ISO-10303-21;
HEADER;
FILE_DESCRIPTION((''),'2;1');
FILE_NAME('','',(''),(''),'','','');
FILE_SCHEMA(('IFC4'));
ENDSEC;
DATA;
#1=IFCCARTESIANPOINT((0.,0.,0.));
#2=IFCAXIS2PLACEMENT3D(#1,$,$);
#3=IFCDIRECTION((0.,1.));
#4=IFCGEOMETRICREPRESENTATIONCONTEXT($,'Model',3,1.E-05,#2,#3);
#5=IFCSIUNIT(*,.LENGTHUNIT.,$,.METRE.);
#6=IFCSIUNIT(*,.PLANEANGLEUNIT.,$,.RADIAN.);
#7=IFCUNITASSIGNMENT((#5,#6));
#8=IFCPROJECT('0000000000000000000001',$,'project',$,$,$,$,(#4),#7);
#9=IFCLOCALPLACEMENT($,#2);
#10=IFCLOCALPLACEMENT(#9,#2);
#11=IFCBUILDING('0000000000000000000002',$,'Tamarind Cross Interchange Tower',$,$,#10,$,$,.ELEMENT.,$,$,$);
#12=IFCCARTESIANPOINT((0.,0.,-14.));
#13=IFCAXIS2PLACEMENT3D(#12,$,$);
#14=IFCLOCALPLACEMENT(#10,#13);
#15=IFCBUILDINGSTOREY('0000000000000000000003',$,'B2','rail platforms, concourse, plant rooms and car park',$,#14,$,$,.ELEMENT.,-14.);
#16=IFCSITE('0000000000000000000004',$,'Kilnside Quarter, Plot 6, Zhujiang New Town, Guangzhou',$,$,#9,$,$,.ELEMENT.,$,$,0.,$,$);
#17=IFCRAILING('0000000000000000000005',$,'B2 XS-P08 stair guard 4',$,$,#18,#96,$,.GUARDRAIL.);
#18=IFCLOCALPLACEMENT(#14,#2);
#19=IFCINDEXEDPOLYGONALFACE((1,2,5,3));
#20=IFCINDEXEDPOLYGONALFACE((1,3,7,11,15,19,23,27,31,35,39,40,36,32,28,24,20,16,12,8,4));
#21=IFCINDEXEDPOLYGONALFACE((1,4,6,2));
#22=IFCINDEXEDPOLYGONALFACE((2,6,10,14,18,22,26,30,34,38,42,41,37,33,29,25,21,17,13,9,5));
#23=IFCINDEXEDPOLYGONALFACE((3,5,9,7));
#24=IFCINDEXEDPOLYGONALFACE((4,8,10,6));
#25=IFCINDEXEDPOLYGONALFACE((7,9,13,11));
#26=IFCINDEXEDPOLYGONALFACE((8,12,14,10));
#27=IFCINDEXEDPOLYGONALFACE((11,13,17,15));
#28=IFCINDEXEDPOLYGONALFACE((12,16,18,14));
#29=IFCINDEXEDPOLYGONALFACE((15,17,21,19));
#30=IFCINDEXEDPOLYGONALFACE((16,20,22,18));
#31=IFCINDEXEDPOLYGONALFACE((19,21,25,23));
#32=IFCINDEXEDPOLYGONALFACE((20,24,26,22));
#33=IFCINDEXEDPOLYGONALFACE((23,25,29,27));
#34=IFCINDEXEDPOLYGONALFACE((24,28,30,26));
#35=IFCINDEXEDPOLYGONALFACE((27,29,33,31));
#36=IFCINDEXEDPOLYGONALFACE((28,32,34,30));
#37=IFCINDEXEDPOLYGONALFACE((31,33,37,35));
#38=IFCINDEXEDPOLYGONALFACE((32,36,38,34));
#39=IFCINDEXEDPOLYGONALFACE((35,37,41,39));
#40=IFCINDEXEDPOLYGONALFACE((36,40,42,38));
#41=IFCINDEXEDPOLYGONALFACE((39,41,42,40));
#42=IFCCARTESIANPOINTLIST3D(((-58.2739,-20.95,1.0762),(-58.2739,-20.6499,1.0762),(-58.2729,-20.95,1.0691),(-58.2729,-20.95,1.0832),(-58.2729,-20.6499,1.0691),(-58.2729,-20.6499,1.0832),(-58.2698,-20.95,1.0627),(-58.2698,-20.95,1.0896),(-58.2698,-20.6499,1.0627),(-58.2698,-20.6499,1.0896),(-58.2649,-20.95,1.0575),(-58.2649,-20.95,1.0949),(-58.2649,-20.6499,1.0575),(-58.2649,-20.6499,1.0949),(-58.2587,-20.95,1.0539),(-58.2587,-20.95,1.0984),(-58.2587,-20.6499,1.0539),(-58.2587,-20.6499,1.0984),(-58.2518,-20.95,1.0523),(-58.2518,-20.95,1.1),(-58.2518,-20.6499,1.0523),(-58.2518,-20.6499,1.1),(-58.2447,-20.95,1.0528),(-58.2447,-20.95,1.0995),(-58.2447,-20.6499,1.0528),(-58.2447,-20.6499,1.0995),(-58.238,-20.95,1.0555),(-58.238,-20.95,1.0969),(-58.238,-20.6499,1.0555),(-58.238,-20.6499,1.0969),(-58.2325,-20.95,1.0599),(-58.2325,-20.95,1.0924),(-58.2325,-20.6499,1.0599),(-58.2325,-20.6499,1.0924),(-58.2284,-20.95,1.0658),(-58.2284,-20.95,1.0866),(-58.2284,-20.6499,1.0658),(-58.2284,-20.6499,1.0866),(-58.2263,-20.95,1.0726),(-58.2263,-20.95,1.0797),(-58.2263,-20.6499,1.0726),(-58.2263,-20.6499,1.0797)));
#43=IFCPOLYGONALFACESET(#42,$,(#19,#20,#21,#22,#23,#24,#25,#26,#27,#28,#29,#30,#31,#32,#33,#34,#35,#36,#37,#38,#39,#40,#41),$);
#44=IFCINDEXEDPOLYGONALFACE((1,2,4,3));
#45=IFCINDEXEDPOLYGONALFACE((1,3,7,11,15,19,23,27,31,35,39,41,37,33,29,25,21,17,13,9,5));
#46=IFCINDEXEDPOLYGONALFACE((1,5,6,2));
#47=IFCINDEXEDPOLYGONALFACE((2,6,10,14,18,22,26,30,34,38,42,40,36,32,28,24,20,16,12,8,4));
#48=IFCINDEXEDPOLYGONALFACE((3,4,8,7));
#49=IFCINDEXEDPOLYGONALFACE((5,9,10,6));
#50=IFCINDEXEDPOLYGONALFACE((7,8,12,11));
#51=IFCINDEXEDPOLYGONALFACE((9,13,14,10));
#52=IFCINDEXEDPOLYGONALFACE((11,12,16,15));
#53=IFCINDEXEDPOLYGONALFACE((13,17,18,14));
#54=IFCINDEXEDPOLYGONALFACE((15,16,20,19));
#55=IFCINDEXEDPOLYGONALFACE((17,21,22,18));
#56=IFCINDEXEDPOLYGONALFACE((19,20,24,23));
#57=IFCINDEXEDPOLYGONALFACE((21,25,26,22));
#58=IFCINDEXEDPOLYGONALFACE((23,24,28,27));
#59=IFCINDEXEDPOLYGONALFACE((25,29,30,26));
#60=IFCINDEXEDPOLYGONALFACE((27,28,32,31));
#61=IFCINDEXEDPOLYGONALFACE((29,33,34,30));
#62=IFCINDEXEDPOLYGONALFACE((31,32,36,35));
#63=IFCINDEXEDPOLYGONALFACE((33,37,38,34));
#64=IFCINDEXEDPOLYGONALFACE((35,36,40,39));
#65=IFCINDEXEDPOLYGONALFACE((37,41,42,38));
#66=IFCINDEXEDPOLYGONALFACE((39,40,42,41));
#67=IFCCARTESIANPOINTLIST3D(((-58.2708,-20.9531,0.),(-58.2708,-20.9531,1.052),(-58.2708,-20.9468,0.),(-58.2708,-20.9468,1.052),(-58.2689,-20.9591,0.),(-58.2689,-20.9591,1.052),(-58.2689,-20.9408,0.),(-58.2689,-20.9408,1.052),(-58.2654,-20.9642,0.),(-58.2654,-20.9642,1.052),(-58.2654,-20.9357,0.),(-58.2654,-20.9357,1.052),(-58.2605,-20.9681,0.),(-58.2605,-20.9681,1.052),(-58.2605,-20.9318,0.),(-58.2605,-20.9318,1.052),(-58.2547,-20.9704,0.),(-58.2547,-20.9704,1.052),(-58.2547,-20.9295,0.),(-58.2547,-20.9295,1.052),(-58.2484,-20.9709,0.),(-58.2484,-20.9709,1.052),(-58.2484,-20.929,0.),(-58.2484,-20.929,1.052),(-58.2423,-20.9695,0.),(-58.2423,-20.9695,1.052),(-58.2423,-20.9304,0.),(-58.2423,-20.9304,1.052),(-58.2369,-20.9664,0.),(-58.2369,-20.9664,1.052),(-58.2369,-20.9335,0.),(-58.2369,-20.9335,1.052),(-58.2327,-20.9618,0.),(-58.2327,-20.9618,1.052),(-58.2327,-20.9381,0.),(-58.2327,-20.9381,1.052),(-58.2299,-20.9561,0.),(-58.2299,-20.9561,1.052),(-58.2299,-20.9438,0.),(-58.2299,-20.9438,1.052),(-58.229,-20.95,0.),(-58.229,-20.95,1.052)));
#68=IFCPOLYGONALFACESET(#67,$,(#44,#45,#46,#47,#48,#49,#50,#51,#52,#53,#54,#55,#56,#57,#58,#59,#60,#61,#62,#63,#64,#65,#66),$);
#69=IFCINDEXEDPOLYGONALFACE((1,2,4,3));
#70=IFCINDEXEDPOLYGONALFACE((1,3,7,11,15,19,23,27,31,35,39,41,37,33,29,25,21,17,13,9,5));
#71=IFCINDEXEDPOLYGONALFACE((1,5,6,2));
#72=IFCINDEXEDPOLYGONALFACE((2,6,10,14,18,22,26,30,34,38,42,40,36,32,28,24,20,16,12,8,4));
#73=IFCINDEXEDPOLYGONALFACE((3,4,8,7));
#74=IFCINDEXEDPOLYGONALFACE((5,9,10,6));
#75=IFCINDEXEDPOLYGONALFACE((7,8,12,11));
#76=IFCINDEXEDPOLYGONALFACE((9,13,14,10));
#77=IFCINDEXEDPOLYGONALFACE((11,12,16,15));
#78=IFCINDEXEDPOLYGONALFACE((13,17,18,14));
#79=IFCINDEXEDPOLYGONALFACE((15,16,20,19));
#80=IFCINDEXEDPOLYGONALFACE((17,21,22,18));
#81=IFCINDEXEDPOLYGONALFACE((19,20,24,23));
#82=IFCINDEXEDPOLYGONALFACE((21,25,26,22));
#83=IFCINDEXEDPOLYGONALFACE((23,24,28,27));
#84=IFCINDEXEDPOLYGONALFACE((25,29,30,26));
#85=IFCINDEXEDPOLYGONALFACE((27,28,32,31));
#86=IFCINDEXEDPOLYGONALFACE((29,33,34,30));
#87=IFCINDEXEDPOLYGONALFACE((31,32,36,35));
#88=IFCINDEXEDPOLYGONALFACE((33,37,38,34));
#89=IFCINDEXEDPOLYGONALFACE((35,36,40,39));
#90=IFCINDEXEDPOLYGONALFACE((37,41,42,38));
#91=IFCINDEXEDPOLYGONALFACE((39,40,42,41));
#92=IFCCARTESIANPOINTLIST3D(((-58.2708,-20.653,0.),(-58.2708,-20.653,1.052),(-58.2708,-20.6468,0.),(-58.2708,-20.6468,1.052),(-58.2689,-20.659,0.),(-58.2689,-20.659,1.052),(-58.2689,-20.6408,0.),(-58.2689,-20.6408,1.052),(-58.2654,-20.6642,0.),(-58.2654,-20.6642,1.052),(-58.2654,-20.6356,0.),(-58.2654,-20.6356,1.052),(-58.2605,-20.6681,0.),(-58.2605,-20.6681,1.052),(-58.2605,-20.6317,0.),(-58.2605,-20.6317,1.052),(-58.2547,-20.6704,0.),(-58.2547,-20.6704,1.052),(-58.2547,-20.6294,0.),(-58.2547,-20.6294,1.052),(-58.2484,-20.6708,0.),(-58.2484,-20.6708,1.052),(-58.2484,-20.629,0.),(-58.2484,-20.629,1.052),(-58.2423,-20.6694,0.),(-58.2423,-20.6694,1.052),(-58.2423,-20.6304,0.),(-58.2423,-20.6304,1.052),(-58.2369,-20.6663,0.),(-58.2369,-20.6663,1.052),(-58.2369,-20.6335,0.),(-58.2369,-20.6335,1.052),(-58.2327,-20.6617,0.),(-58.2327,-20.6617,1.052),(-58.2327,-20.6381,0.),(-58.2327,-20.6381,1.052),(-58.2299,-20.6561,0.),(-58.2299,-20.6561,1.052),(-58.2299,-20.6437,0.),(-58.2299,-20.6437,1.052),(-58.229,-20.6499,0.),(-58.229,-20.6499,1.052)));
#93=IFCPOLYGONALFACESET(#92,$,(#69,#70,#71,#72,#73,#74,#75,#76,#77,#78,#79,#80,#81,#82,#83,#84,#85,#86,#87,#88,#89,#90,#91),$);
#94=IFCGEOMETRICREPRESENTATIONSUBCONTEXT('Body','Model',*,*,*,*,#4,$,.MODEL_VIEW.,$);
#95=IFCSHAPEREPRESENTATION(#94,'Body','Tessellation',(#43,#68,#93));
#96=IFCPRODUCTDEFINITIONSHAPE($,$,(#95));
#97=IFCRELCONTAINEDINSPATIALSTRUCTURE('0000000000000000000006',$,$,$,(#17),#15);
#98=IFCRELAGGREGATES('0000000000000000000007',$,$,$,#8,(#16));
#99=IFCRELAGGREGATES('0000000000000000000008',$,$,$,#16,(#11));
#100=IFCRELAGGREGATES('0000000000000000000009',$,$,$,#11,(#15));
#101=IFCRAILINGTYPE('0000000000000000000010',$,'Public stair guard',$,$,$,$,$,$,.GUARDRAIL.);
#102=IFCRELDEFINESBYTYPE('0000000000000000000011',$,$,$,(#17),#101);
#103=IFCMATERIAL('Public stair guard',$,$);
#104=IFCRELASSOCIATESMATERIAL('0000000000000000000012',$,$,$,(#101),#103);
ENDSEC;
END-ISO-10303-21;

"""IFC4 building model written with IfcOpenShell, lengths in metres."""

from ifc_helpers import new_model, si_unit, direction, frame, origin, origin_2d, place, context, subcontext, project, spatial, circle, extrude, material, type_object, element, save


model = new_model("IFC4")

# Units and contexts
model_context = context("Model", 3, precision=1e-05, world=origin(), true_north=direction((0.0, 1.0)))
body_context = subcontext(model_context, "Body", "Model", "MODEL_VIEW")
ifc_project = project(units=[si_unit("LENGTHUNIT", "METRE"), si_unit("PLANEANGLEUNIT", "RADIAN")], contexts=[model_context])

# Site, building, storey
site_placement = place(None, origin())
site = spatial("IfcSite", under=ifc_project, at=site_placement, Name="Kilnside Quarter, Plot 6, Zhujiang New Town, Guangzhou", CompositionType="ELEMENT", RefElevation=0.0)
building_placement = place(site_placement, origin())
building = spatial("IfcBuilding", under=site, at=building_placement, Name="Tamarind Cross Interchange Tower", CompositionType="ELEMENT")
storey_placement = place(building_placement, frame((0.0, 0.0, -14.0)))
storey = spatial("IfcBuildingStorey", under=building, at=storey_placement, Name="B2", Description="rail platforms, concourse, plant rooms and car park", CompositionType="ELEMENT", Elevation=-14.0)

# Railing
ifc_material_1 = material(Name="Public stair guard")
railing_type_1 = type_object("IfcRailingType", Name="Public stair guard", PredefinedType="GUARDRAIL", material=ifc_material_1)
railing_1_placement = place(storey_placement, frame((-58.25, -20.95, 0.0)))
element("IfcRailing", 1, at=railing_1_placement, inside=storey, type_object=railing_type_1, Name="B2 XS-P08 stair guard 4", PredefinedType="GUARDRAIL", context=body_context, shape_type="SweptSolid", body=[
    extrude(circle(Radius=0.0239, at=origin_2d()), frame((0.0, 0.0, 1.0762), z_axis=(0.0, 1.0, 0.0), x_axis=(-1.0, 0.0, 0.0)), (0.0, 0.0, 1.0), 0.3),
    extrude(circle(Radius=0.021, at=origin_2d()), origin(), (0.0, 0.0, 1.0), 1.052),
    extrude(circle(Radius=0.021, at=origin_2d()), frame((0.0, 0.3, 0.0)), (0.0, 0.0, 1.0), 1.052),
])

save(model, "model.ifc")
